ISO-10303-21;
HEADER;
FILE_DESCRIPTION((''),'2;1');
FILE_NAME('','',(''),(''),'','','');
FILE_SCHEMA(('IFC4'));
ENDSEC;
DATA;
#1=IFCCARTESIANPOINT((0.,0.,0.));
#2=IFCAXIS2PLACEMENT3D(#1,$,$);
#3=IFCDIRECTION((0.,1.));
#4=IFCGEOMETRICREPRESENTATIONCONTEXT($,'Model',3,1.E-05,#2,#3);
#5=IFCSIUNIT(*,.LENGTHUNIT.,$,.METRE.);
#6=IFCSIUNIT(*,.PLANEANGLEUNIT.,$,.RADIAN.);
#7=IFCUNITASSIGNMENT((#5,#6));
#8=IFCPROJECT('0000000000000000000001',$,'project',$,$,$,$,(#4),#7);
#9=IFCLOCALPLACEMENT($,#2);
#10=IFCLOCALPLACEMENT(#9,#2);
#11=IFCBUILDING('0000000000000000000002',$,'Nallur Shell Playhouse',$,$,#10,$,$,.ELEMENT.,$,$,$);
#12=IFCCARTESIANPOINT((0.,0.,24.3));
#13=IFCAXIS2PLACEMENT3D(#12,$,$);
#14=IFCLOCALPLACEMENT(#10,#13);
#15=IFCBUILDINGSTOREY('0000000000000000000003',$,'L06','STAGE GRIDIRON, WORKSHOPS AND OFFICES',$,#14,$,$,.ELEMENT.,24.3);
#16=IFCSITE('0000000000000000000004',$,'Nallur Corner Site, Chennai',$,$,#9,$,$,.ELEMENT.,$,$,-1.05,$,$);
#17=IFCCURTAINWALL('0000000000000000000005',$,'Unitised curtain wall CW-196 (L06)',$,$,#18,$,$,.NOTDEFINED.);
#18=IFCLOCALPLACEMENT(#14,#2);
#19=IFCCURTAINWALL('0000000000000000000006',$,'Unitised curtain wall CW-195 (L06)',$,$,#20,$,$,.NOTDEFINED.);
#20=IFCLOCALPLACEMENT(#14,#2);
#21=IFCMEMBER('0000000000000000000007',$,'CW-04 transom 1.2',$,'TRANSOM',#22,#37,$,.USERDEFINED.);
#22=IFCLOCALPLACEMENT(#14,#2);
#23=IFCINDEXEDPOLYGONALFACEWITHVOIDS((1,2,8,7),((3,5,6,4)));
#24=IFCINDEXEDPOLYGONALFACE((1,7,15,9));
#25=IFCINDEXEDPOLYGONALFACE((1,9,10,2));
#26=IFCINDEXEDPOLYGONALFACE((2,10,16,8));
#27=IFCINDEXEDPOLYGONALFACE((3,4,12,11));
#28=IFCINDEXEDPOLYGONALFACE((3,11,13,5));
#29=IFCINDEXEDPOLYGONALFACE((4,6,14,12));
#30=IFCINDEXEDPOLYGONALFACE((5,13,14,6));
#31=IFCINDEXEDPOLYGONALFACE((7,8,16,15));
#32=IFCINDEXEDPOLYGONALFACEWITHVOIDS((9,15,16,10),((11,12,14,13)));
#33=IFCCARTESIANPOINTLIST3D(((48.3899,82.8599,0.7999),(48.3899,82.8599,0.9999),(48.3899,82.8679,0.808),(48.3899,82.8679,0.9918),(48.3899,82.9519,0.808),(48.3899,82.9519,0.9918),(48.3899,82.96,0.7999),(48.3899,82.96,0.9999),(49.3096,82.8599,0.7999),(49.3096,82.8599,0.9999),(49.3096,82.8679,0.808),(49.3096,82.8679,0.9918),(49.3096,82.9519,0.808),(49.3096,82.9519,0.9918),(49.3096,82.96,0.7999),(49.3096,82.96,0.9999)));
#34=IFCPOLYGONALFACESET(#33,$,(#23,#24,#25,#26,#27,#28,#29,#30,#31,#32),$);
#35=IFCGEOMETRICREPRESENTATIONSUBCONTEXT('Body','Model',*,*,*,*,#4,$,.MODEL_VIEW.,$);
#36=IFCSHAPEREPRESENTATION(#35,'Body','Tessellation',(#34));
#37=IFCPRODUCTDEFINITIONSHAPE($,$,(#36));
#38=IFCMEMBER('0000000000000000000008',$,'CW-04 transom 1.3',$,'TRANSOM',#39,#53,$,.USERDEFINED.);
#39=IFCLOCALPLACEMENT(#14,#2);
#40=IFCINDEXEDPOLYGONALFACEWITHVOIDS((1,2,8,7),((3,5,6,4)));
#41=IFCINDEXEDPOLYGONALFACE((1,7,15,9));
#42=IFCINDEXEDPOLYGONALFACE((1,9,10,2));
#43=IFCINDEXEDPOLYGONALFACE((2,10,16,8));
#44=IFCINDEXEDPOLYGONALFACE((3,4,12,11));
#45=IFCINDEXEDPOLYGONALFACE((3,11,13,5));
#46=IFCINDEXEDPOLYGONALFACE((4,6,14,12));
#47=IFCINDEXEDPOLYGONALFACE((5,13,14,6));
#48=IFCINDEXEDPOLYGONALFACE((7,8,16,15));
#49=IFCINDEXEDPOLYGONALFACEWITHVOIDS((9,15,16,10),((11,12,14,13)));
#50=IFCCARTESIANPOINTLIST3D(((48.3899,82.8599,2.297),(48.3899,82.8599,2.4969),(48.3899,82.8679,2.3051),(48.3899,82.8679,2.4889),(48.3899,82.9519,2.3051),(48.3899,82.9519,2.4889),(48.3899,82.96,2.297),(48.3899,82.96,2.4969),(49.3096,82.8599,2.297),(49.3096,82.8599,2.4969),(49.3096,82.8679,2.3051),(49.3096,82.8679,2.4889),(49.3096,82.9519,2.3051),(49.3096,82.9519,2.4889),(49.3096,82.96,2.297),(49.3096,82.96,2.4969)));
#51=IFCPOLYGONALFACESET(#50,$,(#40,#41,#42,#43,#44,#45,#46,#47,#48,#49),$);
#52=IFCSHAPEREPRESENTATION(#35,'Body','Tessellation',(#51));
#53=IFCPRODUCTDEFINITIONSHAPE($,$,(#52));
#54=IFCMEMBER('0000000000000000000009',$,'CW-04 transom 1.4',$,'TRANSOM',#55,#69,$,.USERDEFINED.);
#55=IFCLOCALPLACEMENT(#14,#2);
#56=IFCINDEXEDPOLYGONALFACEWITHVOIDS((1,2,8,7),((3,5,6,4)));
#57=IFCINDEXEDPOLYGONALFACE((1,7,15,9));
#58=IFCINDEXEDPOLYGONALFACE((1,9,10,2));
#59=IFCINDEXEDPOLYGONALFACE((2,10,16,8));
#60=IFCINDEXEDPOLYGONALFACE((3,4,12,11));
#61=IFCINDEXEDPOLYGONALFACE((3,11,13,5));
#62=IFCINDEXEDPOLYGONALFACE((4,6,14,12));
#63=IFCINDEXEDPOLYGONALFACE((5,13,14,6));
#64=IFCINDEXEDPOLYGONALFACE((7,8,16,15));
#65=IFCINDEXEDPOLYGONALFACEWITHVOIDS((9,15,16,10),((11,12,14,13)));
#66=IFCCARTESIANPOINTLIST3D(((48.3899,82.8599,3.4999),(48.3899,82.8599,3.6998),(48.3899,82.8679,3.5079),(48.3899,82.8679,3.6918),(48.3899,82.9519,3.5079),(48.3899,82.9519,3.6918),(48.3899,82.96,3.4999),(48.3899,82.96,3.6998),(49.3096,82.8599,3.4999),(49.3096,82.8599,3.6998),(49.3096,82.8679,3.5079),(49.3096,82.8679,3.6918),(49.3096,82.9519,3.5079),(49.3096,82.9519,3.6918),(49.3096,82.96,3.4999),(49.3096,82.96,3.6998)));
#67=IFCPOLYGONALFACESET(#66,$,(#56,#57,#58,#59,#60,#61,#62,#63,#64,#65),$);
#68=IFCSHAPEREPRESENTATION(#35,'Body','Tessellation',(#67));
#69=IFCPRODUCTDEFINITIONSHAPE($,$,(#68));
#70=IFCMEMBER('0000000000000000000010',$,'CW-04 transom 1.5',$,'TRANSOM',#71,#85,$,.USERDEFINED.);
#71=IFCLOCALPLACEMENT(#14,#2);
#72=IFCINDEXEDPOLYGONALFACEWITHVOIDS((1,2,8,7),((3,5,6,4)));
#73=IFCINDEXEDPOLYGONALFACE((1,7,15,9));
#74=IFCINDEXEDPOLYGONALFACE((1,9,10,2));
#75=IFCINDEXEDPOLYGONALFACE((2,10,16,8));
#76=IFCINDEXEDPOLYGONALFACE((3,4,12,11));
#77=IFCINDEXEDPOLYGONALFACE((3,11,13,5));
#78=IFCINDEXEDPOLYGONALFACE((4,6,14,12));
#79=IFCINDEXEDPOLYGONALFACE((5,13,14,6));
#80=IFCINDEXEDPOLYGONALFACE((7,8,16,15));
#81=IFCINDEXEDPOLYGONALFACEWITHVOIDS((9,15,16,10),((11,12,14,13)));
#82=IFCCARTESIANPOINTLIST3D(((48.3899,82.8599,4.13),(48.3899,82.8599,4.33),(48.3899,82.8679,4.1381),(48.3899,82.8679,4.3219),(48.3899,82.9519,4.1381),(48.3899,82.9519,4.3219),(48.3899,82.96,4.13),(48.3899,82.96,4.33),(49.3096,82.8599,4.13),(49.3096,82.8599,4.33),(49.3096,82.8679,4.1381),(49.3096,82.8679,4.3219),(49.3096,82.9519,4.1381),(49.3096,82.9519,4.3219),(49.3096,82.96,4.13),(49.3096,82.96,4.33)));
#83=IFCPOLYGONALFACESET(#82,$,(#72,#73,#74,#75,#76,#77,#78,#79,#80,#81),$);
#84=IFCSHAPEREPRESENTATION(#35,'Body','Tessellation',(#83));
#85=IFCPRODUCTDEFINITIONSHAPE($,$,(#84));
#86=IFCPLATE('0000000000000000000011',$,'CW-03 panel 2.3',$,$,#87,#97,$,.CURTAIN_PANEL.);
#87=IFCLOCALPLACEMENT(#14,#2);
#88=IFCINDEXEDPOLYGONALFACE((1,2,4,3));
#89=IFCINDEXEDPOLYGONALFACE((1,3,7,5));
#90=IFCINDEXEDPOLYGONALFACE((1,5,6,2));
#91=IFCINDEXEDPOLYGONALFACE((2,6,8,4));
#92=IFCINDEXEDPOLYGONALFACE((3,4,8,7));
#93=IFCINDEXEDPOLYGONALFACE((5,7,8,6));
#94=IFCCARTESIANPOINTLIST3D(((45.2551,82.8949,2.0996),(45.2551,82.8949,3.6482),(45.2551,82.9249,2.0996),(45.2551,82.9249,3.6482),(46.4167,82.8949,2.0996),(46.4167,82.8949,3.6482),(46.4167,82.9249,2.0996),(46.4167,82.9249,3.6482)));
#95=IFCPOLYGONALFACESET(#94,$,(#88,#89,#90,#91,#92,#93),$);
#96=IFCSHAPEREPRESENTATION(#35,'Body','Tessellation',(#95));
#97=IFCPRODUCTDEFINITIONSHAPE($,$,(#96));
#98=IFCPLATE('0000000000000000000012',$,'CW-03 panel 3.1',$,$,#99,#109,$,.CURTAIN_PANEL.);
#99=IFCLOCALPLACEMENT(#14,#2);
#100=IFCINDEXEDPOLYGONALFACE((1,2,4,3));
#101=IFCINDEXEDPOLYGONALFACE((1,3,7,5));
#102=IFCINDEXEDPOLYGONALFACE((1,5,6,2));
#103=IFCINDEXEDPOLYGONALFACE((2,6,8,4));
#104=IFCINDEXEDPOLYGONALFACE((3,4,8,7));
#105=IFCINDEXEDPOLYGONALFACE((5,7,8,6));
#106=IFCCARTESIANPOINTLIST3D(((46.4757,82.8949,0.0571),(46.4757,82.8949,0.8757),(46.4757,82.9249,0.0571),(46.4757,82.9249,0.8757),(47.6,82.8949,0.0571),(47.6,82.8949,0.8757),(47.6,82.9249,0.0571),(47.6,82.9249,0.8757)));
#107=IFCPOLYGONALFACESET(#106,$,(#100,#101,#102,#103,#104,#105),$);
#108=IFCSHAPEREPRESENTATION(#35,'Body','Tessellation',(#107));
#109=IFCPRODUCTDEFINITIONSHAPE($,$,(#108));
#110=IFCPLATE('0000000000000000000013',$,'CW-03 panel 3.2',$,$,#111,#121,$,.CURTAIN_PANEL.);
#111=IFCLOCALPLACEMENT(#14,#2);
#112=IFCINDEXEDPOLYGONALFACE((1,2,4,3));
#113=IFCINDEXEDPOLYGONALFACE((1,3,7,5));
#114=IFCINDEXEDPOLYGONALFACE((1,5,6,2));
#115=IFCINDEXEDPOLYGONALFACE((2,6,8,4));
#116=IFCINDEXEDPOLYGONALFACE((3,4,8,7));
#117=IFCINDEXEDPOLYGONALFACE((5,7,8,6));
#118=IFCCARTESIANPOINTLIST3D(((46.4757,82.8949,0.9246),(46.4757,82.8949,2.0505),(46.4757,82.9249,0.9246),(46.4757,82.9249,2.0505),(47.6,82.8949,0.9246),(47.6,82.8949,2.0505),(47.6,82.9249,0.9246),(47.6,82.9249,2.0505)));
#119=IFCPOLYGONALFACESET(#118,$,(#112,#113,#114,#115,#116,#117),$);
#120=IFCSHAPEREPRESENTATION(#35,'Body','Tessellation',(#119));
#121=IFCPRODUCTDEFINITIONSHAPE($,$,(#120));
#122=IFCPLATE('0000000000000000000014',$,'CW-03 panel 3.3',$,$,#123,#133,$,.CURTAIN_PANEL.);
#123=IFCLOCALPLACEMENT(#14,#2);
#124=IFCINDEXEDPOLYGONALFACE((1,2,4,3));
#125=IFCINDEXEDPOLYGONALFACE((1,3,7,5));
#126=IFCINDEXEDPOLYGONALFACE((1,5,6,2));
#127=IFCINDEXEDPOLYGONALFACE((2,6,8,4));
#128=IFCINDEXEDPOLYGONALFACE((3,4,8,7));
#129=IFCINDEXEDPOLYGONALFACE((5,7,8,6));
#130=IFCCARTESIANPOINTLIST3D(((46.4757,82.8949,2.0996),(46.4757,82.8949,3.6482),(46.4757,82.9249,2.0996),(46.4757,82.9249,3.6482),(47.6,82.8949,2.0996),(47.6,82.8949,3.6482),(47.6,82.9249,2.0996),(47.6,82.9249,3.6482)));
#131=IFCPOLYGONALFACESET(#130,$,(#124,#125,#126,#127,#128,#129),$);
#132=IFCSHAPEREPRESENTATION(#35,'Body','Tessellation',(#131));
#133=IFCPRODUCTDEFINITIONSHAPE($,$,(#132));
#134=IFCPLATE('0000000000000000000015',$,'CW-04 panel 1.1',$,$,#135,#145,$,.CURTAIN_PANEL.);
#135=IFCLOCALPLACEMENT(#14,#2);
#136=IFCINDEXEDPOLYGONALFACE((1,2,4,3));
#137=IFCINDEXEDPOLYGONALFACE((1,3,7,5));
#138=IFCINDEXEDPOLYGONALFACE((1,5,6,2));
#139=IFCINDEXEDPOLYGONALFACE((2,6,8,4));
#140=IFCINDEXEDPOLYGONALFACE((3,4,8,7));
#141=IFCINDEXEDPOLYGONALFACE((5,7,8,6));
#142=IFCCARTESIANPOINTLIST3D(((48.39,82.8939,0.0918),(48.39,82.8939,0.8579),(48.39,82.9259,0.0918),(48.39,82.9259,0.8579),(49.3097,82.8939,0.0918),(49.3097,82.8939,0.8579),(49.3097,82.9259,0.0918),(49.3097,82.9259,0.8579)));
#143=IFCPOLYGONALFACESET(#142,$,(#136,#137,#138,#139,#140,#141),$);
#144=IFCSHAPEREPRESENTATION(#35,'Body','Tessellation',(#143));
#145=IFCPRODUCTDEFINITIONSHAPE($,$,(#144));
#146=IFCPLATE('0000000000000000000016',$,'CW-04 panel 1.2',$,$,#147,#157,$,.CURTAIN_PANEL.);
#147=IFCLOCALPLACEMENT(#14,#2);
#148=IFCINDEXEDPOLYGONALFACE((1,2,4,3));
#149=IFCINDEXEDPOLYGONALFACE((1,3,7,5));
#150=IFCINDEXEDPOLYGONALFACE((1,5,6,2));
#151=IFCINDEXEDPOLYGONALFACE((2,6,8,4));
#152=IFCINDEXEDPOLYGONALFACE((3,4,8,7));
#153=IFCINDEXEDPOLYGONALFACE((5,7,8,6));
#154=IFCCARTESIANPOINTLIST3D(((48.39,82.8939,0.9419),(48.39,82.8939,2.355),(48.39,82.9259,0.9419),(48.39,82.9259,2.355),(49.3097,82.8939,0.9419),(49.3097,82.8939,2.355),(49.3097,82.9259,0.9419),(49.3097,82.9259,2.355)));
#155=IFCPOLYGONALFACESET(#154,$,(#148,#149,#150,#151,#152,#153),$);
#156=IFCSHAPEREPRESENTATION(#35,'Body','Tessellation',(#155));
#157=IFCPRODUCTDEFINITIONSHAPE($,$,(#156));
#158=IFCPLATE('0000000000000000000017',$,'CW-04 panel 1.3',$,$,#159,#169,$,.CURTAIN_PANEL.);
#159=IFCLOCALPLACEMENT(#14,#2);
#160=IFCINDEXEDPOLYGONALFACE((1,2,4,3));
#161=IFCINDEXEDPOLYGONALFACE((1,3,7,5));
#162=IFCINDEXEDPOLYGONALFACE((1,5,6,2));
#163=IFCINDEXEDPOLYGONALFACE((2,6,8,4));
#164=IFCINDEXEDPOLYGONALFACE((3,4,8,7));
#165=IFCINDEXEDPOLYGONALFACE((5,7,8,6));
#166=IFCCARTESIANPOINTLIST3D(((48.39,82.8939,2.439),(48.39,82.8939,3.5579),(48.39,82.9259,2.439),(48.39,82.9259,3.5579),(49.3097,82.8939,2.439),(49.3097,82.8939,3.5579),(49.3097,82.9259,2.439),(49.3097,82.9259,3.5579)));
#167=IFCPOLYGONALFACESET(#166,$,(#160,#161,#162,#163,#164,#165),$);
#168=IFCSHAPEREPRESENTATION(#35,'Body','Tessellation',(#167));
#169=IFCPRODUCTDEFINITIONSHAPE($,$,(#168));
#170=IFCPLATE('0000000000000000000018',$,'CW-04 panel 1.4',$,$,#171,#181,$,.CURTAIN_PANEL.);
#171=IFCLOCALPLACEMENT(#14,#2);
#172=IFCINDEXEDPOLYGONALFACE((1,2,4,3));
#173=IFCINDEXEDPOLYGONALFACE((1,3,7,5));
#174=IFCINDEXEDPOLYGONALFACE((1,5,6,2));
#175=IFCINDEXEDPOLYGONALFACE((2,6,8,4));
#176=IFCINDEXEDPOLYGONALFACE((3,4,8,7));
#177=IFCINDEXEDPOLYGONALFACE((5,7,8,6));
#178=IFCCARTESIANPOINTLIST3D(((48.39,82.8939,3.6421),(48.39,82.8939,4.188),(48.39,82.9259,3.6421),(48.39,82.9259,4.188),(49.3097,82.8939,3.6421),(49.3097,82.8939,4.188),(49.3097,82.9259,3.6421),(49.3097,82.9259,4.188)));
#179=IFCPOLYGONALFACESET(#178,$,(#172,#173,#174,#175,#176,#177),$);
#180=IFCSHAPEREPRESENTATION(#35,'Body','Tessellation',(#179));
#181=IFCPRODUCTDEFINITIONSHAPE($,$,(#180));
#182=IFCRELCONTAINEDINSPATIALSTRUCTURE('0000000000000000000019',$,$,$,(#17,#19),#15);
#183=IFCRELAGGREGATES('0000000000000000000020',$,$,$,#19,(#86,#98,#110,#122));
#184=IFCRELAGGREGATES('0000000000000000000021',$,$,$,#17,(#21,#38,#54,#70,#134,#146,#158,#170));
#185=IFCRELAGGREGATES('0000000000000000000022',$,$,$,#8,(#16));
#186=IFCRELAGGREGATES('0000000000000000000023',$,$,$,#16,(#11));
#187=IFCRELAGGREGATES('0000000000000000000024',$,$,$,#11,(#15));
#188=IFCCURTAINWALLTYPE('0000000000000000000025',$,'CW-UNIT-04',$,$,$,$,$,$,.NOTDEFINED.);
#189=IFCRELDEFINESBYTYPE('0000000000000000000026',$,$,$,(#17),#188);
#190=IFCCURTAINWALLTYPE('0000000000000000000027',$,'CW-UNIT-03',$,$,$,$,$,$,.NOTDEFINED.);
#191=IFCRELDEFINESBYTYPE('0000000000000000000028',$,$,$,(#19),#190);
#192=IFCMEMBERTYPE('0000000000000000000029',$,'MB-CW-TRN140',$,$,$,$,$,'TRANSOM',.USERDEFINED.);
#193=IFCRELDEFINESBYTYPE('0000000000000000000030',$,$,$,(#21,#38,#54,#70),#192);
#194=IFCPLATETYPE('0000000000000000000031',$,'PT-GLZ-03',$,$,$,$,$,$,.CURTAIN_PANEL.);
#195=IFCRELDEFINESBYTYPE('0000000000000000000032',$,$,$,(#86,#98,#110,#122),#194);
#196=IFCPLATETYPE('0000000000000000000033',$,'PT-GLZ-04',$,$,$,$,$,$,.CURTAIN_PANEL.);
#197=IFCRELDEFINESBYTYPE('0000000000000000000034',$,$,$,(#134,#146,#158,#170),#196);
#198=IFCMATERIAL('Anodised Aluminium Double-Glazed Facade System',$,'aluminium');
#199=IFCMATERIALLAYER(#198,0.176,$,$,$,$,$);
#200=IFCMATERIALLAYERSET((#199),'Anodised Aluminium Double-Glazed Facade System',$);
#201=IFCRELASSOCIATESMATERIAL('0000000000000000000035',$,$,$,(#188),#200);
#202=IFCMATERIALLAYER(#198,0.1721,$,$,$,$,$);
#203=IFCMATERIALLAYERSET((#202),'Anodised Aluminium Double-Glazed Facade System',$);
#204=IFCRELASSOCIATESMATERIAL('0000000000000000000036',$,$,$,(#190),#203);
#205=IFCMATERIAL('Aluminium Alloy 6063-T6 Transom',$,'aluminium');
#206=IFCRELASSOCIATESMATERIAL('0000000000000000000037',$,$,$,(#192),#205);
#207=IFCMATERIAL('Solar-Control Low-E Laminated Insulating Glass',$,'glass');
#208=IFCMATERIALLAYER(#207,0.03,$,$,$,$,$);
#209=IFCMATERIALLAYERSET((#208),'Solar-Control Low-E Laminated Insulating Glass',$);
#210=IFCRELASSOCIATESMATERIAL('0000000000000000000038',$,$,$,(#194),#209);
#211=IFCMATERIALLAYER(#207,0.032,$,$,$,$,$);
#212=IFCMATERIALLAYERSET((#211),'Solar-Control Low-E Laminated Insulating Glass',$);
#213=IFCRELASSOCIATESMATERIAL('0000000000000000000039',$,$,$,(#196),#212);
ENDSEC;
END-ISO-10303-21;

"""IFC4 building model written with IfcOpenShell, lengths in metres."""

from ifc_helpers import new_model, si_unit, direction, frame, origin, origin_2d, place, context, subcontext, project, spatial, rectangle, hollow_rectangle, extrude, material, layer, layer_set, material_profile, profile_set, type_object, element, aggregate, save


model = new_model("IFC4")

# Units and contexts
model_context = context("Model", 3, precision=1e-05, world=origin(), true_north=direction((0.0, 1.0)))
body_context = subcontext(model_context, "Body", "Model", "MODEL_VIEW")
ifc_project = project(units=[si_unit("LENGTHUNIT", "METRE"), si_unit("PLANEANGLEUNIT", "RADIAN")], contexts=[model_context])

# Site, building, storey
site_placement = place(None, origin())
site = spatial("IfcSite", under=ifc_project, at=site_placement, Name="Nallur Corner Site, Chennai", CompositionType="ELEMENT", RefElevation=-1.05)
building_placement = place(site_placement, origin())
building = spatial("IfcBuilding", under=site, at=building_placement, Name="Nallur Shell Playhouse", CompositionType="ELEMENT")
storey_placement = place(building_placement, frame((0.0, 0.0, 24.3)))
storey = spatial("IfcBuildingStorey", under=building, at=storey_placement, Name="L06", Description="STAGE GRIDIRON, WORKSHOPS AND OFFICES", CompositionType="ELEMENT", Elevation=24.3)

# Curtain walls
ifc_material_1 = material(Name="Anodised Aluminium Double-Glazed Facade System", Category="aluminium")
ifc_layer_1 = layer(ifc_material_1, 0.176)
ifc_layer_set_1 = layer_set([ifc_layer_1], Name="Anodised Aluminium Double-Glazed Facade System")
curtain_wall_type_1 = type_object("IfcCurtainWallType", Name="CW-UNIT-04", PredefinedType="NOTDEFINED", material=ifc_layer_set_1)
curtain_wall_1_placement = place(storey_placement, origin())
curtain_wall_1 = element("IfcCurtainWall", 1, at=curtain_wall_1_placement, inside=storey, type_object=curtain_wall_type_1, Name="Unitised curtain wall CW-196 (L06)", PredefinedType="NOTDEFINED")
ifc_layer_2 = layer(ifc_material_1, 0.1721)
ifc_layer_set_2 = layer_set([ifc_layer_2], Name="Anodised Aluminium Double-Glazed Facade System")
curtain_wall_type_2 = type_object("IfcCurtainWallType", Name="CW-UNIT-03", PredefinedType="NOTDEFINED", material=ifc_layer_set_2)
curtain_wall_2_placement = place(storey_placement, origin())
curtain_wall_2 = element("IfcCurtainWall", 2, at=curtain_wall_2_placement, inside=storey, type_object=curtain_wall_type_2, Name="Unitised curtain wall CW-195 (L06)", PredefinedType="NOTDEFINED")
ifc_material_2 = material(Name="Aluminium Alloy 6063-T6 Transom", Category="aluminium")

# Members
ifc_material_profile_1 = material_profile(ifc_material_2, hollow_rectangle(XDim=0.1001, YDim=0.2, WallThickness=0.0081, at=origin_2d()), Name="RHS 200x100x8")
ifc_profile_set_1 = profile_set([ifc_material_profile_1], Name="Aluminium Alloy 6063-T6 Transom")
member_type_1 = type_object("IfcMemberType", Name="MB-CW-TRN140", ElementType="TRANSOM", PredefinedType="USERDEFINED", material=ifc_profile_set_1)
member_1_placement = place(storey_placement, frame((48.3899, 82.9099, 0.8999), z_axis=(1.0, 0.0, 0.0), x_axis=(0.0, 1.0, 0.0)))
member_1 = element("IfcMember", 3, at=member_1_placement, type_object=member_type_1, Name="CW-04 transom 1.2", ObjectType="TRANSOM", PredefinedType="USERDEFINED", context=body_context, shape_type="SweptSolid", body=[
    extrude(hollow_rectangle(XDim=0.1001, YDim=0.2, WallThickness=0.0081, at=origin_2d()), origin(), (0.0, 0.0, 1.0), 0.9197),
])
member_2_placement = place(storey_placement, frame((48.3899, 82.9099, 2.397), z_axis=(1.0, 0.0, 0.0), x_axis=(0.0, 1.0, 0.0)))
member_2 = element("IfcMember", 4, at=member_2_placement, type_object=member_type_1, Name="CW-04 transom 1.3", ObjectType="TRANSOM", PredefinedType="USERDEFINED", context=body_context, shape_type="SweptSolid", body=[
    extrude(hollow_rectangle(XDim=0.1001, YDim=0.2, WallThickness=0.0081, at=origin_2d()), origin(), (0.0, 0.0, 1.0), 0.9197),
])
member_3_placement = place(storey_placement, frame((48.3899, 82.9099, 3.5999), z_axis=(1.0, 0.0, 0.0), x_axis=(0.0, 1.0, 0.0)))
member_3 = element("IfcMember", 5, at=member_3_placement, type_object=member_type_1, Name="CW-04 transom 1.4", ObjectType="TRANSOM", PredefinedType="USERDEFINED", context=body_context, shape_type="SweptSolid", body=[
    extrude(hollow_rectangle(XDim=0.1001, YDim=0.2, WallThickness=0.0081, at=origin_2d()), origin(), (0.0, 0.0, 1.0), 0.9197),
])
member_4_placement = place(storey_placement, frame((48.3899, 82.9099, 4.23), z_axis=(1.0, 0.0, 0.0), x_axis=(0.0, 1.0, 0.0)))
member_4 = element("IfcMember", 6, at=member_4_placement, type_object=member_type_1, Name="CW-04 transom 1.5", ObjectType="TRANSOM", PredefinedType="USERDEFINED", context=body_context, shape_type="SweptSolid", body=[
    extrude(hollow_rectangle(XDim=0.1001, YDim=0.2, WallThickness=0.0081, at=origin_2d()), origin(), (0.0, 0.0, 1.0), 0.9197),
])

# Plates
ifc_material_3 = material(Name="Solar-Control Low-E Laminated Insulating Glass", Category="glass")
ifc_layer_3 = layer(ifc_material_3, 0.03)
ifc_layer_set_3 = layer_set([ifc_layer_3], Name="Solar-Control Low-E Laminated Insulating Glass")
plate_type_1 = type_object("IfcPlateType", Name="PT-GLZ-03", PredefinedType="CURTAIN_PANEL", material=ifc_layer_set_3)
plate_1_placement = place(storey_placement, frame((45.8359, 82.9099, 2.0996), z_axis=(0.0, 0.0, 1.0), x_axis=(1.0, 0.0, 0.0)))
plate_1 = element("IfcPlate", 7, at=plate_1_placement, type_object=plate_type_1, Name="CW-03 panel 2.3", PredefinedType="CURTAIN_PANEL", context=body_context, shape_type="SweptSolid", body=[
    extrude(rectangle(XDim=1.1616, YDim=0.03, at=origin_2d()), origin(), (0.0, 0.0, 1.0), 1.5486),
])
plate_2_placement = place(storey_placement, frame((47.0378, 82.9099, 0.0571), z_axis=(0.0, 0.0, 1.0), x_axis=(1.0, 0.0, 0.0)))
plate_2 = element("IfcPlate", 8, at=plate_2_placement, type_object=plate_type_1, Name="CW-03 panel 3.1", PredefinedType="CURTAIN_PANEL", context=body_context, shape_type="SweptSolid", body=[
    extrude(rectangle(XDim=1.1243, YDim=0.03, at=origin_2d()), origin(), (0.0, 0.0, 1.0), 0.8186),
])
plate_3_placement = place(storey_placement, frame((47.0378, 82.9099, 0.9246), z_axis=(0.0, 0.0, 1.0), x_axis=(1.0, 0.0, 0.0)))
plate_3 = element("IfcPlate", 9, at=plate_3_placement, type_object=plate_type_1, Name="CW-03 panel 3.2", PredefinedType="CURTAIN_PANEL", context=body_context, shape_type="SweptSolid", body=[
    extrude(rectangle(XDim=1.1243, YDim=0.03, at=origin_2d()), origin(), (0.0, 0.0, 1.0), 1.126),
])
plate_4_placement = place(storey_placement, frame((47.0378, 82.9099, 2.0996), z_axis=(0.0, 0.0, 1.0), x_axis=(1.0, 0.0, 0.0)))
plate_4 = element("IfcPlate", 10, at=plate_4_placement, type_object=plate_type_1, Name="CW-03 panel 3.3", PredefinedType="CURTAIN_PANEL", context=body_context, shape_type="SweptSolid", body=[
    extrude(rectangle(XDim=1.1243, YDim=0.03, at=origin_2d()), origin(), (0.0, 0.0, 1.0), 1.5486),
])
aggregate(curtain_wall_2, [plate_1, plate_2, plate_3, plate_4])
ifc_layer_4 = layer(ifc_material_3, 0.032)
ifc_layer_set_4 = layer_set([ifc_layer_4], Name="Solar-Control Low-E Laminated Insulating Glass")
plate_type_2 = type_object("IfcPlateType", Name="PT-GLZ-04", PredefinedType="CURTAIN_PANEL", material=ifc_layer_set_4)
plate_5_placement = place(storey_placement, frame((48.8499, 82.9099, 0.0918), z_axis=(0.0, 0.0, 1.0), x_axis=(1.0, 0.0, 0.0)))
plate_5 = element("IfcPlate", 11, at=plate_5_placement, type_object=plate_type_2, Name="CW-04 panel 1.1", PredefinedType="CURTAIN_PANEL", context=body_context, shape_type="SweptSolid", body=[
    extrude(rectangle(XDim=0.9197, YDim=0.032, at=origin_2d()), origin(), (0.0, 0.0, 1.0), 0.7661),
])
plate_6_placement = place(storey_placement, frame((48.8499, 82.9099, 0.9419), z_axis=(0.0, 0.0, 1.0), x_axis=(1.0, 0.0, 0.0)))
plate_6 = element("IfcPlate", 12, at=plate_6_placement, type_object=plate_type_2, Name="CW-04 panel 1.2", PredefinedType="CURTAIN_PANEL", context=body_context, shape_type="SweptSolid", body=[
    extrude(rectangle(XDim=0.9197, YDim=0.032, at=origin_2d()), origin(), (0.0, 0.0, 1.0), 1.4131),
])
plate_7_placement = place(storey_placement, frame((48.8499, 82.9099, 2.439), z_axis=(0.0, 0.0, 1.0), x_axis=(1.0, 0.0, 0.0)))
plate_7 = element("IfcPlate", 13, at=plate_7_placement, type_object=plate_type_2, Name="CW-04 panel 1.3", PredefinedType="CURTAIN_PANEL", context=body_context, shape_type="SweptSolid", body=[
    extrude(rectangle(XDim=0.9197, YDim=0.032, at=origin_2d()), origin(), (0.0, 0.0, 1.0), 1.1189),
])
plate_8_placement = place(storey_placement, frame((48.8499, 82.9099, 3.6421), z_axis=(0.0, 0.0, 1.0), x_axis=(1.0, 0.0, 0.0)))
plate_8 = element("IfcPlate", 14, at=plate_8_placement, type_object=plate_type_2, Name="CW-04 panel 1.4", PredefinedType="CURTAIN_PANEL", context=body_context, shape_type="SweptSolid", body=[
    extrude(rectangle(XDim=0.9197, YDim=0.032, at=origin_2d()), origin(), (0.0, 0.0, 1.0), 0.5459),
])
aggregate(curtain_wall_1, [member_1, member_2, member_3, member_4, plate_5, plate_6, plate_7, plate_8])

save(model, "model.ifc")
